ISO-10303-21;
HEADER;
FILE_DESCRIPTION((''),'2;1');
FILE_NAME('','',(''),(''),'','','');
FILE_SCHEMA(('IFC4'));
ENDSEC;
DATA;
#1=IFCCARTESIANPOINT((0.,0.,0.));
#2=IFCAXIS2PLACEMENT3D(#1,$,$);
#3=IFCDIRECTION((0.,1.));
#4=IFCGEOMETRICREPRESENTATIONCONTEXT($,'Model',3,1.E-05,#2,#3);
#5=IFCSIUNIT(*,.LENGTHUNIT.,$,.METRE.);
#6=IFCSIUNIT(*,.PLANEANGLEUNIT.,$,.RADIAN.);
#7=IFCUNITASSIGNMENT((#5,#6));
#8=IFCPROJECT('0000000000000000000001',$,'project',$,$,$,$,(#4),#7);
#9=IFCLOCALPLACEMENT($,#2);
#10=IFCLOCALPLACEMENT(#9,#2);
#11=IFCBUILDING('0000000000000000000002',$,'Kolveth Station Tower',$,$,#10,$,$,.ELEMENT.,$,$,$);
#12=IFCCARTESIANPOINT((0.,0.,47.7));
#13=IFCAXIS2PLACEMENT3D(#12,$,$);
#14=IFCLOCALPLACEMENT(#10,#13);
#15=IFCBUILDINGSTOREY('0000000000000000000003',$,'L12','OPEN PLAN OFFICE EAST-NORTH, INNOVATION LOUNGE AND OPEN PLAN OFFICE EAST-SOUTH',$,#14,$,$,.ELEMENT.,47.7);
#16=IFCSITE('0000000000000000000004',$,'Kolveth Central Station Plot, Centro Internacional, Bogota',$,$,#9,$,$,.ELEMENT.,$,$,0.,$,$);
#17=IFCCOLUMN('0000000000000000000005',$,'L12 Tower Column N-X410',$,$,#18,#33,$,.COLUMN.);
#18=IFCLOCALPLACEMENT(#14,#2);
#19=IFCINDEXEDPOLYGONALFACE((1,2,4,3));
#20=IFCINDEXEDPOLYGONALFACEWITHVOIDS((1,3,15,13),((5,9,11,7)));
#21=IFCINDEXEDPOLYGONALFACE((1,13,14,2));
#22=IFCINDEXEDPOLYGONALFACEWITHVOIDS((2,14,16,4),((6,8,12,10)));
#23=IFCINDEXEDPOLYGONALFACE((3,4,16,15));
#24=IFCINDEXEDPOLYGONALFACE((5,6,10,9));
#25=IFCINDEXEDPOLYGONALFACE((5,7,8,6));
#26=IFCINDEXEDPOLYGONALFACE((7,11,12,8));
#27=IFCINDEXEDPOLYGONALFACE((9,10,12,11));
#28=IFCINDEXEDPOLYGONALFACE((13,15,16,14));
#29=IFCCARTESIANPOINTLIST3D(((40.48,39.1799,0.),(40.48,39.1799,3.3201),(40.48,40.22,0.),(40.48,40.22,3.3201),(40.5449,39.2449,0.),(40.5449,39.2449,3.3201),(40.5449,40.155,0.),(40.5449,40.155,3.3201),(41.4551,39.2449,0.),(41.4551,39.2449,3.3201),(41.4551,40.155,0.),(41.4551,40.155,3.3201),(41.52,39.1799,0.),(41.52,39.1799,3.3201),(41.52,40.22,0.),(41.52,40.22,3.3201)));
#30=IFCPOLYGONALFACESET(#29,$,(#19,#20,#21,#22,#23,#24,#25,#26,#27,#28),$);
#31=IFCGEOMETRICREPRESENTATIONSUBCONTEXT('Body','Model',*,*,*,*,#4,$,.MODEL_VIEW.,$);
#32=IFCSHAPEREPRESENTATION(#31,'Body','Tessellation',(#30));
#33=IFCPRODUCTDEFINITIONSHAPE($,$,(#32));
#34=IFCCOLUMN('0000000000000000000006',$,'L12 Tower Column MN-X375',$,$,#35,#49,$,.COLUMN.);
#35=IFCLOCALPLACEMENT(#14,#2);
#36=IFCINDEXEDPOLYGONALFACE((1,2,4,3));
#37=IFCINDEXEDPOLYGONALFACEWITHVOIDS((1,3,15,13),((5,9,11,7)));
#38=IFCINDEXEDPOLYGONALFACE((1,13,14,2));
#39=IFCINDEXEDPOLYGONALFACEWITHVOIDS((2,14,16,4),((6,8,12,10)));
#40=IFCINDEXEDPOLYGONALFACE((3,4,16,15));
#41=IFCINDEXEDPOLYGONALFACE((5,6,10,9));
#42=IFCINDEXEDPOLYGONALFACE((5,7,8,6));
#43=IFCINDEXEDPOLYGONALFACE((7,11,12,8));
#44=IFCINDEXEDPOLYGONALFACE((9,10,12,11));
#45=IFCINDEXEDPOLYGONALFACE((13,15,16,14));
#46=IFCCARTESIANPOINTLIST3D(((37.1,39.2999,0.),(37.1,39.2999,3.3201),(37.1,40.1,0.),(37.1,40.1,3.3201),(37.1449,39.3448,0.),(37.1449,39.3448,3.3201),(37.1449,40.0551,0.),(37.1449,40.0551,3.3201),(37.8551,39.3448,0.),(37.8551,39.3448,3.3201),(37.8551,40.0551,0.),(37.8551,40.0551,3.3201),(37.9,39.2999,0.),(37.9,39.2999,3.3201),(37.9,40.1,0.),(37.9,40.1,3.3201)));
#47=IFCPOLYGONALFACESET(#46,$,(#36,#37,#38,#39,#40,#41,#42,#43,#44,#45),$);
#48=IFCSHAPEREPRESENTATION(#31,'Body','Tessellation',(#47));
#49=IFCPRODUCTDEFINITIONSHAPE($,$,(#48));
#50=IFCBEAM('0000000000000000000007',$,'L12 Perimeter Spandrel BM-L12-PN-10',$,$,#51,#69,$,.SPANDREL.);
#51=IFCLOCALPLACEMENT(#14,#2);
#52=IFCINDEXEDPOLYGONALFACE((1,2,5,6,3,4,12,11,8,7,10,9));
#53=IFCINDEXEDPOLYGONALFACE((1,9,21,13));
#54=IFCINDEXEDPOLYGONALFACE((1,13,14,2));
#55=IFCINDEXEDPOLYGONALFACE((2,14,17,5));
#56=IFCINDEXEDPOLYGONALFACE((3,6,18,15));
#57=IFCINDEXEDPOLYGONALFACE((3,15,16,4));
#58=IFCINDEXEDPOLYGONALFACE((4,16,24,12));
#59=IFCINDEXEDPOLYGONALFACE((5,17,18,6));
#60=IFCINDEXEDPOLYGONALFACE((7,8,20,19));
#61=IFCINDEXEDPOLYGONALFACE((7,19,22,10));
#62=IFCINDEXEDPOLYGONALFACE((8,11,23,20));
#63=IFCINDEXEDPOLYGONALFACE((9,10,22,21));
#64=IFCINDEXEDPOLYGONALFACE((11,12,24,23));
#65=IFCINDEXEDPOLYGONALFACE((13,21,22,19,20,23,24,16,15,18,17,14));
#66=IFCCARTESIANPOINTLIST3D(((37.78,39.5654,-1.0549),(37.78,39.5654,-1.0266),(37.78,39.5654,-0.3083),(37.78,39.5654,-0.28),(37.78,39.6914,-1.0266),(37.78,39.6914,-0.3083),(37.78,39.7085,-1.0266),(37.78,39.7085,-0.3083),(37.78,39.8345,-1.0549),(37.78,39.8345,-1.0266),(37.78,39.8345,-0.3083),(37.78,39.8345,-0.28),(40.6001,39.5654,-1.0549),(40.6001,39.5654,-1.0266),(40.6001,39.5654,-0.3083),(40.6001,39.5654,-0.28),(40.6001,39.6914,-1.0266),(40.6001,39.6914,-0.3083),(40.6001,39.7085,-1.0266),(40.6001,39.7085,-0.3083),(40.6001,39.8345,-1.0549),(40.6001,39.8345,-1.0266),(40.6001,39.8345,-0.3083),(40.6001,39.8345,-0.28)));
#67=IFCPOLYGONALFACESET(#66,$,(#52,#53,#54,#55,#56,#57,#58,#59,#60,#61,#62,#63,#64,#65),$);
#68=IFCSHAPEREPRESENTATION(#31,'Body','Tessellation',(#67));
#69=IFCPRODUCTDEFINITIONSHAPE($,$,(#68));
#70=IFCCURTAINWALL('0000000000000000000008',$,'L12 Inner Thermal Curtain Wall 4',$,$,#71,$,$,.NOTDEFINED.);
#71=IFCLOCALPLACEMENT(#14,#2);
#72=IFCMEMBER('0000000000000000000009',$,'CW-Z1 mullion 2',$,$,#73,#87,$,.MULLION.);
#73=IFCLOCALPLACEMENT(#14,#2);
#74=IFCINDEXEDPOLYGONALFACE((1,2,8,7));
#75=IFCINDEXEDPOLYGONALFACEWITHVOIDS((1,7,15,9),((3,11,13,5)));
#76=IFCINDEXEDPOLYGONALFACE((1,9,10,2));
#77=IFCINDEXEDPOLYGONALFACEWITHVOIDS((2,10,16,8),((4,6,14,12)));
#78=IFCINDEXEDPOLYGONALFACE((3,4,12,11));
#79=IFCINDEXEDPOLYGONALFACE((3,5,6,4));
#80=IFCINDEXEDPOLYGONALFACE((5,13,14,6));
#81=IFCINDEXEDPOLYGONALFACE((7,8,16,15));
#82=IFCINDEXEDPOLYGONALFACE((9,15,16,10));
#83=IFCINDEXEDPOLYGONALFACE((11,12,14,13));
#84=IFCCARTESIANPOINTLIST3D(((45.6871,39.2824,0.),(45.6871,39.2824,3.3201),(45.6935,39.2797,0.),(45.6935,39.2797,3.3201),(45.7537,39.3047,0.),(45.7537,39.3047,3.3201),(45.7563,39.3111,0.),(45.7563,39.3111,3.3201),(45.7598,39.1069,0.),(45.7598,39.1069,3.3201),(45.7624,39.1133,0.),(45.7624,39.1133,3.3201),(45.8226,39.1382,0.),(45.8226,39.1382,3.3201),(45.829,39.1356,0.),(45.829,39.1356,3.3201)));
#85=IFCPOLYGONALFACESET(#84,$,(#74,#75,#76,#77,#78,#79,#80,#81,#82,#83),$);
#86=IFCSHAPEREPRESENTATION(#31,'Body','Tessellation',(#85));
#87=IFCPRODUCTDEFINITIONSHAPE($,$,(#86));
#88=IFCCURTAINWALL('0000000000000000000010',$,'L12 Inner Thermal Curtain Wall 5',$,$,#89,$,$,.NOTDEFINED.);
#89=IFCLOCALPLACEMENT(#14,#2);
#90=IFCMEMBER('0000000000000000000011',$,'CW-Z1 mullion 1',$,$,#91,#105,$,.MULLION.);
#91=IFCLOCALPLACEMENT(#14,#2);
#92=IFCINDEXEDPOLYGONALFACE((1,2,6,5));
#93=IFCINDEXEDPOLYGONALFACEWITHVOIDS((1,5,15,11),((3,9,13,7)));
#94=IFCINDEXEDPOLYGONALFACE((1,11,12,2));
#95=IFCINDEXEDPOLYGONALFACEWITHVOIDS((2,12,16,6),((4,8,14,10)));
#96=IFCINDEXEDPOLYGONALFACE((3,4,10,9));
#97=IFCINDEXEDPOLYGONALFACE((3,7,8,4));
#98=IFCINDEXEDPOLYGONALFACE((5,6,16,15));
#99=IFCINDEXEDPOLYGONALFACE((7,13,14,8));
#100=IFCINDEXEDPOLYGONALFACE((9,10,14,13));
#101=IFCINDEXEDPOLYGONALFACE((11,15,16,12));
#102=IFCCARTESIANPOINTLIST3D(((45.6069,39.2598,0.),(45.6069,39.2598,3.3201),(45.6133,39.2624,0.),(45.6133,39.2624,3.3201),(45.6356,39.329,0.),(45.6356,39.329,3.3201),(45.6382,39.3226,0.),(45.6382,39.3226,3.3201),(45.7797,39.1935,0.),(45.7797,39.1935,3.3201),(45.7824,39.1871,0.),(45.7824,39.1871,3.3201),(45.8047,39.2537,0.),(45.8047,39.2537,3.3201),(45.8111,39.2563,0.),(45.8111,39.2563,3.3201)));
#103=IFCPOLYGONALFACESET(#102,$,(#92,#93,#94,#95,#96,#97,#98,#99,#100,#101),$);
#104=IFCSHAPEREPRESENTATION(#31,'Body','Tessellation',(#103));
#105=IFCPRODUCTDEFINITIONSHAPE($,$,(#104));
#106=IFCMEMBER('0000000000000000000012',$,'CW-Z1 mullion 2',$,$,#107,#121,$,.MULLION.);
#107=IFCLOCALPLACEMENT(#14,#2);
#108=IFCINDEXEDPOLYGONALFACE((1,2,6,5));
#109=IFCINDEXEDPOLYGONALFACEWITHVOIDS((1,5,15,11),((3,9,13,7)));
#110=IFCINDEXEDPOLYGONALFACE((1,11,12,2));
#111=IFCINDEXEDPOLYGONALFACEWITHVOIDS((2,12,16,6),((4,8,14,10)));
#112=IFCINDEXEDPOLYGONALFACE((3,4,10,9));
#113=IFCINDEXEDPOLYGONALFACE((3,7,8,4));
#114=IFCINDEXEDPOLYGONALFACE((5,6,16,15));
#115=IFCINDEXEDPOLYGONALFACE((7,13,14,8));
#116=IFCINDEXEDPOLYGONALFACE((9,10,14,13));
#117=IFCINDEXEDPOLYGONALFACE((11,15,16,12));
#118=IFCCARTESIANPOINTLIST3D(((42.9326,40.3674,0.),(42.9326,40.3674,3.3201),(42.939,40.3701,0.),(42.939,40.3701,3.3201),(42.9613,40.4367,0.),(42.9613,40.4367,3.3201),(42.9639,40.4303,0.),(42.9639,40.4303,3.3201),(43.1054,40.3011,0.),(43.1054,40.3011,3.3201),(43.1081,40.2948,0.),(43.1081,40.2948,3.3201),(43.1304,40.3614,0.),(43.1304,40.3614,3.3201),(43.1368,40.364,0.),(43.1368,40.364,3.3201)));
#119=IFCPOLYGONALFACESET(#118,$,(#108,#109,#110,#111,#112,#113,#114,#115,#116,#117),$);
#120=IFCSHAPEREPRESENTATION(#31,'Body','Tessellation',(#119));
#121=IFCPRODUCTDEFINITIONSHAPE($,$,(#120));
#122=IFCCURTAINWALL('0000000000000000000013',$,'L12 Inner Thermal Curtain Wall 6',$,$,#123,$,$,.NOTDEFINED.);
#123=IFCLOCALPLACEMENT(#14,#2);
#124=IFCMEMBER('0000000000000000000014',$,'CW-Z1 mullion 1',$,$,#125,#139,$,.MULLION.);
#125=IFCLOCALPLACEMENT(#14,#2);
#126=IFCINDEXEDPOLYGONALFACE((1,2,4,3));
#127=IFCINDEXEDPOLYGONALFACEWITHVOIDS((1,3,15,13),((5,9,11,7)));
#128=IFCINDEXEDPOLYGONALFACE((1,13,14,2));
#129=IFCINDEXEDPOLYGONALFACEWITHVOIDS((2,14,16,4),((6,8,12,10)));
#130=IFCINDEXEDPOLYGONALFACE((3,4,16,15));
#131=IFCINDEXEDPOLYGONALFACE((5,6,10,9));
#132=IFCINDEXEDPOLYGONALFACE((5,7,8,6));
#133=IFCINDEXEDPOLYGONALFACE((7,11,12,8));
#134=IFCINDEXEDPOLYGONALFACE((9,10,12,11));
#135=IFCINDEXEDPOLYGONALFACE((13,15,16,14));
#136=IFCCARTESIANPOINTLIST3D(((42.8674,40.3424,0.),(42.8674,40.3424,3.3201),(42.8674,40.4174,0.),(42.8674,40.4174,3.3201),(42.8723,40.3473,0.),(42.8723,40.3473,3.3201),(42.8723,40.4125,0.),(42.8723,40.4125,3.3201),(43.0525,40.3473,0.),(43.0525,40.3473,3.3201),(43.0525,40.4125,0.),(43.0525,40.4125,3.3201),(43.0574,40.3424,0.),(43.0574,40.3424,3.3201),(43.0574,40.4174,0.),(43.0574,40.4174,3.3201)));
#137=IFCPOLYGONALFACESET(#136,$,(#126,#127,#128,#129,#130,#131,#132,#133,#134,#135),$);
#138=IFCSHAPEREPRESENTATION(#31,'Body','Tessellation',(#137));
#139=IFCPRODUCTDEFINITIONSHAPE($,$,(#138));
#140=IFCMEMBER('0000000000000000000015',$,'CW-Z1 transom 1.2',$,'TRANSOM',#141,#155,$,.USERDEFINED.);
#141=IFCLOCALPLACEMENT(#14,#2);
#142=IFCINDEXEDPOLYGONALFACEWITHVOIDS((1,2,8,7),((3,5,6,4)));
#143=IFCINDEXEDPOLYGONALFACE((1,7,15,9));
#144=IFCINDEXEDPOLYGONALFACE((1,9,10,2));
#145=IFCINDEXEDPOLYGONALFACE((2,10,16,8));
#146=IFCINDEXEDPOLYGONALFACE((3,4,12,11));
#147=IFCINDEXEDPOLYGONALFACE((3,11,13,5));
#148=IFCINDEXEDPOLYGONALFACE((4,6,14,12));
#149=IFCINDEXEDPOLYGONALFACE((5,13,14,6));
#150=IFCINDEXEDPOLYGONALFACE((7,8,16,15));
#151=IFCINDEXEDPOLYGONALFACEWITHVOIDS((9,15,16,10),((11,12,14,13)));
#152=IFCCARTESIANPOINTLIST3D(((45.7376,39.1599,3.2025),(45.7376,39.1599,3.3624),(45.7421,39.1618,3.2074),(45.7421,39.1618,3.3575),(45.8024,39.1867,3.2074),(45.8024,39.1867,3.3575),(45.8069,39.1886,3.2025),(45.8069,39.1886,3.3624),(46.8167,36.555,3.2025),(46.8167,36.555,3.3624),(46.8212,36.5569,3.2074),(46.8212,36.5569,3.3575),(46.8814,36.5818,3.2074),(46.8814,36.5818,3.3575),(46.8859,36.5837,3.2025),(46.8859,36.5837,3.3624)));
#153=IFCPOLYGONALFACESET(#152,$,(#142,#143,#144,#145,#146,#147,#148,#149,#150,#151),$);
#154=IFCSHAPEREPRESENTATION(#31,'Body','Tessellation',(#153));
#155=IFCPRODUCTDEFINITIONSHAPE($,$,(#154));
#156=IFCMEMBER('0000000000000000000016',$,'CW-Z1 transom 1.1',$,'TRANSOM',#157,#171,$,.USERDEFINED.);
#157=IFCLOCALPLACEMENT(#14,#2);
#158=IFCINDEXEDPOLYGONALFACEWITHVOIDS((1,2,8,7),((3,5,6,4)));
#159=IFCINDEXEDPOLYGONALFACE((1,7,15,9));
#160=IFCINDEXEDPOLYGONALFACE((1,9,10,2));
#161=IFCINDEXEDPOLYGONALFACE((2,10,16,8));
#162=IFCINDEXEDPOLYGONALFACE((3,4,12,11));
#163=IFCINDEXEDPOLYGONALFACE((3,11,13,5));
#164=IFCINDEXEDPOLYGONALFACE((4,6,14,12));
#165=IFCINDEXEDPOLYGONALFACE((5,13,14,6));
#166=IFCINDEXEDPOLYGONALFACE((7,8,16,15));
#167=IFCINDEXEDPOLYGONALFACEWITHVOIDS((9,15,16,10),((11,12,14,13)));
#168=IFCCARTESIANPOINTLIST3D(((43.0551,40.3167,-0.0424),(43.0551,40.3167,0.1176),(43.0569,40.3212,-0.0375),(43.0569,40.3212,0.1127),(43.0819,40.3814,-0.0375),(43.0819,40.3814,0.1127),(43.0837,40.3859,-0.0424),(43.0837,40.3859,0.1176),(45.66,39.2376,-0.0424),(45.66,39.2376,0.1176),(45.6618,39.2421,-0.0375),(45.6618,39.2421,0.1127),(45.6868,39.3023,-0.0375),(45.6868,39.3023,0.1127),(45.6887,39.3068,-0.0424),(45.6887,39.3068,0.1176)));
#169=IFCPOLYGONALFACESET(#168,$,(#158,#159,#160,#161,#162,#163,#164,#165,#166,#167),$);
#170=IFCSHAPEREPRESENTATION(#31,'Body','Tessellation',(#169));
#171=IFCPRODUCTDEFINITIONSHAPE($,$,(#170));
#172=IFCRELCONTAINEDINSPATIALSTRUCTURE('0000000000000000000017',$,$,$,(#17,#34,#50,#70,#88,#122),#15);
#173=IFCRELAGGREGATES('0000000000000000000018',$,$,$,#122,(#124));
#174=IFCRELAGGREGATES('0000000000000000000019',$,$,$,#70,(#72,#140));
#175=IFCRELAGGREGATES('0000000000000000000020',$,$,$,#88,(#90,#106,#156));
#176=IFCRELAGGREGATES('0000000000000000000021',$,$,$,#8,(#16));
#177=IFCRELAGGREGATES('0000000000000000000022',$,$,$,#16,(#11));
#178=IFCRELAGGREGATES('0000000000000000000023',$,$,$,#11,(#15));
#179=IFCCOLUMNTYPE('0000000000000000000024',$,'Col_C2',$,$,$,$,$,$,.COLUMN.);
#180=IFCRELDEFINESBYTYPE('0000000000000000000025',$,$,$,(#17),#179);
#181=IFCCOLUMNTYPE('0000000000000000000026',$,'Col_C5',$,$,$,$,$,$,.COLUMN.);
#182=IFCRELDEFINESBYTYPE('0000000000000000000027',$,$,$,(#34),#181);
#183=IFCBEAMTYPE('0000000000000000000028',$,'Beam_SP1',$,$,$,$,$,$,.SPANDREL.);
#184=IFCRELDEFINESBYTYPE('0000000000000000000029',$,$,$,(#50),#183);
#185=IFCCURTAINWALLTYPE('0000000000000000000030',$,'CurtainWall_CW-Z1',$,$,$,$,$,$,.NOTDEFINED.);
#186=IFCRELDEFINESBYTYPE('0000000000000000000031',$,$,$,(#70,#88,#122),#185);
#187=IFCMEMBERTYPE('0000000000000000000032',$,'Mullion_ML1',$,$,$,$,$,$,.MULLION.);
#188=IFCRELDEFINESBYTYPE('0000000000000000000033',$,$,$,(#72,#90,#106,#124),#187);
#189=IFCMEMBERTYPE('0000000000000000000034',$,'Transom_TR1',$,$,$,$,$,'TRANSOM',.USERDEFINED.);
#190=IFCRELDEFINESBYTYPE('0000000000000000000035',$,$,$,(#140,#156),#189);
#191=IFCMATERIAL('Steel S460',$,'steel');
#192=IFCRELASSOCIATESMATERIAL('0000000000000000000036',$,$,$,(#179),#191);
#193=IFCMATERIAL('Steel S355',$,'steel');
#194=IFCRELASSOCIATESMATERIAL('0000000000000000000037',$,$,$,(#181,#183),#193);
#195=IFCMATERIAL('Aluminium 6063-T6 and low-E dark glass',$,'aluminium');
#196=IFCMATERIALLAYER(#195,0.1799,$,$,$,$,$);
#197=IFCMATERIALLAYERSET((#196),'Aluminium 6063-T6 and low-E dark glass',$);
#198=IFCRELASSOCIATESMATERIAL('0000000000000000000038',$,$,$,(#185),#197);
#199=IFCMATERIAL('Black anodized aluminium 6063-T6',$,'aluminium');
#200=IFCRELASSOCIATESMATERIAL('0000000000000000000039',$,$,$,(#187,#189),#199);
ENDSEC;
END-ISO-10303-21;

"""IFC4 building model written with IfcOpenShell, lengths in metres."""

from ifc_helpers import new_model, si_unit, direction, frame, origin, origin_2d, place, context, subcontext, project, spatial, hollow_rectangle, i_section, extrude, source, transform, mapped, material, layer, layer_set, material_profile, profile_set, type_object, element, aggregate, save


model = new_model("IFC4")

# Units and contexts
model_context = context("Model", 3, precision=1e-05, world=origin(), true_north=direction((0.0, 1.0)))
body_context = subcontext(model_context, "Body", "Model", "MODEL_VIEW")
ifc_project = project(units=[si_unit("LENGTHUNIT", "METRE"), si_unit("PLANEANGLEUNIT", "RADIAN")], contexts=[model_context])

# Site, building, storey
site_placement = place(None, origin())
site = spatial("IfcSite", under=ifc_project, at=site_placement, Name="Kolveth Central Station Plot, Centro Internacional, Bogota", CompositionType="ELEMENT", RefElevation=0.0)
building_placement = place(site_placement, origin())
building = spatial("IfcBuilding", under=site, at=building_placement, Name="Kolveth Station Tower", CompositionType="ELEMENT")
storey_placement = place(building_placement, frame((0.0, 0.0, 47.7)))
storey = spatial("IfcBuildingStorey", under=building, at=storey_placement, Name="L12", Description="OPEN PLAN OFFICE EAST-NORTH, INNOVATION LOUNGE AND OPEN PLAN OFFICE EAST-SOUTH", CompositionType="ELEMENT", Elevation=47.7)

# Columns
ifc_material_1 = material(Name="Steel S460", Category="steel")
ifc_material_profile_1 = material_profile(ifc_material_1, hollow_rectangle(XDim=1.04, YDim=1.04, WallThickness=0.0649, at=origin_2d()), Name="BOX1040x1040x65")
ifc_profile_set_1 = profile_set([ifc_material_profile_1], Name="Steel S460")
column_type_1 = type_object("IfcColumnType", Name="Col_C2", PredefinedType="COLUMN", material=ifc_profile_set_1)
shared_shape_1 = source(origin(), body_context, "Body", "SweptSolid", [
    extrude(hollow_rectangle(XDim=1.04, YDim=1.04, WallThickness=0.0649, at=origin_2d()), origin(), (0.0, 0.0, 1.0), 3.3201),
])
column_1_placement = place(storey_placement, frame((41.0, 39.7, 0.0), z_axis=(0.0, 0.0, 1.0), x_axis=(1.0, 0.0, 0.0)))
element("IfcColumn", 1, at=column_1_placement, inside=storey, type_object=column_type_1, Name="L12 Tower Column N-X410", PredefinedType="COLUMN", context=body_context, shape_type="MappedRepresentation", body=[
    mapped(shared_shape_1, transform((0.0, 0.0, 0.0), x_axis=(1.0, 0.0, 0.0), y_axis=(0.0, 1.0, 0.0), z_axis=(0.0, 0.0, 1.0), scale=1.0)),
])
ifc_material_2 = material(Name="Steel S355", Category="steel")
ifc_material_profile_2 = material_profile(ifc_material_2, hollow_rectangle(XDim=0.8, YDim=0.8, WallThickness=0.0449, at=origin_2d()), Name="BOX800x800x45")
ifc_profile_set_2 = profile_set([ifc_material_profile_2], Name="Steel S355")
column_type_2 = type_object("IfcColumnType", Name="Col_C5", PredefinedType="COLUMN", material=ifc_profile_set_2)
shared_shape_2 = source(origin(), body_context, "Body", "SweptSolid", [
    extrude(hollow_rectangle(XDim=0.8, YDim=0.8, WallThickness=0.0449, at=origin_2d()), origin(), (0.0, 0.0, 1.0), 3.3201),
])
column_2_placement = place(storey_placement, frame((37.5, 39.7, 0.0), z_axis=(0.0, 0.0, 1.0), x_axis=(1.0, 0.0, 0.0)))
element("IfcColumn", 2, at=column_2_placement, inside=storey, type_object=column_type_2, Name="L12 Tower Column MN-X375", PredefinedType="COLUMN", context=body_context, shape_type="MappedRepresentation", body=[
    mapped(shared_shape_2, transform((0.0, 0.0, 0.0), x_axis=(1.0, 0.0, 0.0), y_axis=(0.0, 1.0, 0.0), z_axis=(0.0, 0.0, 1.0), scale=1.0)),
])

# Beam
ifc_material_profile_3 = material_profile(ifc_material_2, i_section(OverallWidth=0.269, OverallDepth=0.7749, WebThickness=0.0171, FlangeThickness=0.0283, at=origin_2d()), Name="W760x220")
ifc_profile_set_3 = profile_set([ifc_material_profile_3], Name="Steel S355")
beam_type = type_object("IfcBeamType", Name="Beam_SP1", PredefinedType="SPANDREL", material=ifc_profile_set_3)
shared_shape_3 = source(origin(), body_context, "Body", "SweptSolid", [
    extrude(i_section(OverallWidth=0.269, OverallDepth=0.7749, WebThickness=0.0171, FlangeThickness=0.0283, at=origin_2d()), origin(), (0.0, 0.0, 1.0), 2.8201),
])
beam_placement = place(storey_placement, frame((37.78, 39.7, -0.6675), z_axis=(1.0, 0.0, 0.0), x_axis=(0.0, 1.0, 0.0)))
element("IfcBeam", 3, at=beam_placement, inside=storey, type_object=beam_type, Name="L12 Perimeter Spandrel BM-L12-PN-10", PredefinedType="SPANDREL", context=body_context, shape_type="MappedRepresentation", body=[
    mapped(shared_shape_3, transform((0.0, 0.0, 0.0), x_axis=(1.0, 0.0, 0.0), y_axis=(0.0, 1.0, 0.0), z_axis=(0.0, 0.0, 1.0), scale=1.0)),
])

# Curtain wall, member
ifc_material_3 = material(Name="Aluminium 6063-T6 and low-E dark glass", Category="aluminium")
ifc_layer_1 = layer(ifc_material_3, 0.1799)
ifc_layer_set_1 = layer_set([ifc_layer_1], Name="Aluminium 6063-T6 and low-E dark glass")
curtain_wall_type_1 = type_object("IfcCurtainWallType", Name="CurtainWall_CW-Z1", PredefinedType="NOTDEFINED", material=ifc_layer_set_1)
curtain_wall_1_placement = place(storey_placement, origin())
curtain_wall_1 = element("IfcCurtainWall", 4, at=curtain_wall_1_placement, inside=storey, type_object=curtain_wall_type_1, Name="L12 Inner Thermal Curtain Wall 4", PredefinedType="NOTDEFINED")
ifc_material_4 = material(Name="Black anodized aluminium 6063-T6", Category="aluminium")
ifc_material_profile_4 = material_profile(ifc_material_4, hollow_rectangle(XDim=0.075, YDim=0.1899, WallThickness=0.0049, at=origin_2d()), Name="ALU-75x190x5")
ifc_profile_set_4 = profile_set([ifc_material_profile_4], Name="Black anodized aluminium 6063-T6")
member_type_1 = type_object("IfcMemberType", Name="Mullion_ML1", PredefinedType="MULLION", material=ifc_profile_set_4)
shared_shape_4 = source(origin(), body_context, "Body", "SweptSolid", [
    extrude(hollow_rectangle(XDim=0.075, YDim=0.1899, WallThickness=0.0049, at=origin_2d()), origin(), (0.0, 0.0, 1.0), 3.3201),
])
member_1_placement = place(storey_placement, frame((45.7581, 39.209, 0.0), z_axis=(0.0, 0.0, 1.0), x_axis=(-0.923884, -0.382673, 0.0)))
member_1 = element("IfcMember", 5, at=member_1_placement, type_object=member_type_1, Name="CW-Z1 mullion 2", PredefinedType="MULLION", context=body_context, shape_type="MappedRepresentation", body=[
    mapped(shared_shape_4, transform((0.0, 0.0, 0.0), x_axis=(1.0, 0.0, 0.0), y_axis=(0.0, 1.0, 0.0), z_axis=(0.0, 0.0, 1.0), scale=1.0)),
])

# Curtain wall, members
curtain_wall_2_placement = place(storey_placement, origin())
curtain_wall_2 = element("IfcCurtainWall", 6, at=curtain_wall_2_placement, inside=storey, type_object=curtain_wall_type_1, Name="L12 Inner Thermal Curtain Wall 5", PredefinedType="NOTDEFINED")
member_2_placement = place(storey_placement, frame((45.709, 39.2581, 0.0), z_axis=(0.0, 0.0, 1.0), x_axis=(-0.382673, -0.923884, 0.0)))
member_2 = element("IfcMember", 7, at=member_2_placement, type_object=member_type_1, Name="CW-Z1 mullion 1", PredefinedType="MULLION", context=body_context, shape_type="MappedRepresentation", body=[
    mapped(shared_shape_4, transform((0.0, 0.0, 0.0), x_axis=(1.0, 0.0, 0.0), y_axis=(0.0, 1.0, 0.0), z_axis=(0.0, 0.0, 1.0), scale=1.0)),
])
member_3_placement = place(storey_placement, frame((43.0347, 40.3657, 0.0), z_axis=(0.0, 0.0, 1.0), x_axis=(-0.382673, -0.923884, 0.0)))
member_3 = element("IfcMember", 8, at=member_3_placement, type_object=member_type_1, Name="CW-Z1 mullion 2", PredefinedType="MULLION", context=body_context, shape_type="MappedRepresentation", body=[
    mapped(shared_shape_4, transform((0.0, 0.0, 0.0), x_axis=(1.0, 0.0, 0.0), y_axis=(0.0, 1.0, 0.0), z_axis=(0.0, 0.0, 1.0), scale=1.0)),
])

# Curtain wall, member
curtain_wall_3_placement = place(storey_placement, origin())
curtain_wall_3 = element("IfcCurtainWall", 9, at=curtain_wall_3_placement, inside=storey, type_object=curtain_wall_type_1, Name="L12 Inner Thermal Curtain Wall 6", PredefinedType="NOTDEFINED")
member_4_placement = place(storey_placement, frame((42.9624, 40.3799, 0.0), z_axis=(0.0, 0.0, 1.0), x_axis=(0.0, -1.0, 0.0)))
member_4 = element("IfcMember", 10, at=member_4_placement, type_object=member_type_1, Name="CW-Z1 mullion 1", PredefinedType="MULLION", context=body_context, shape_type="MappedRepresentation", body=[
    mapped(shared_shape_4, transform((0.0, 0.0, 0.0), x_axis=(1.0, 0.0, 0.0), y_axis=(0.0, 1.0, 0.0), z_axis=(0.0, 0.0, 1.0), scale=1.0)),
])

# Members
ifc_material_profile_5 = material_profile(ifc_material_4, hollow_rectangle(XDim=0.075, YDim=0.1599, WallThickness=0.0049, at=origin_2d()), Name="ALU-75x160x5")
ifc_profile_set_5 = profile_set([ifc_material_profile_5], Name="Black anodized aluminium 6063-T6")
member_type_2 = type_object("IfcMemberType", Name="Transom_TR1", ElementType="TRANSOM", PredefinedType="USERDEFINED", material=ifc_profile_set_5)
shared_shape_5 = source(origin(), body_context, "Body", "SweptSolid", [
    extrude(hollow_rectangle(XDim=0.075, YDim=0.1599, WallThickness=0.0049, at=origin_2d()), origin(), (0.0, 0.0, 1.0), 2.8196),
])
member_5_placement = place(storey_placement, frame((46.8513, 36.5693, 3.2825), z_axis=(-0.382709, 0.923869, 0.0), x_axis=(-0.923869, -0.382709, 0.0)))
member_5 = element("IfcMember", 11, at=member_5_placement, type_object=member_type_2, Name="CW-Z1 transom 1.2", ObjectType="TRANSOM", PredefinedType="USERDEFINED", context=body_context, shape_type="MappedRepresentation", body=[
    mapped(shared_shape_5, transform((0.0, 0.0, 0.0), x_axis=(1.0, 0.0, 0.0), y_axis=(0.0, 1.0, 0.0), z_axis=(0.0, 0.0, 1.0), scale=1.0)),
])
member_6_placement = place(storey_placement, frame((45.6743, 39.2722, 0.0376), z_axis=(-0.923869, 0.382709, 0.0), x_axis=(-0.382709, -0.923869, 0.0)))
member_6 = element("IfcMember", 12, at=member_6_placement, type_object=member_type_2, Name="CW-Z1 transom 1.1", ObjectType="TRANSOM", PredefinedType="USERDEFINED", context=body_context, shape_type="MappedRepresentation", body=[
    mapped(shared_shape_5, transform((0.0, 0.0, 0.0), x_axis=(1.0, 0.0, 0.0), y_axis=(0.0, 1.0, 0.0), z_axis=(0.0, 0.0, 1.0), scale=1.0)),
])
aggregate(curtain_wall_3, [member_4])

aggregate(curtain_wall_1, [member_1, member_5])
aggregate(curtain_wall_2, [member_2, member_3, member_6])

save(model, "model.ifc")
